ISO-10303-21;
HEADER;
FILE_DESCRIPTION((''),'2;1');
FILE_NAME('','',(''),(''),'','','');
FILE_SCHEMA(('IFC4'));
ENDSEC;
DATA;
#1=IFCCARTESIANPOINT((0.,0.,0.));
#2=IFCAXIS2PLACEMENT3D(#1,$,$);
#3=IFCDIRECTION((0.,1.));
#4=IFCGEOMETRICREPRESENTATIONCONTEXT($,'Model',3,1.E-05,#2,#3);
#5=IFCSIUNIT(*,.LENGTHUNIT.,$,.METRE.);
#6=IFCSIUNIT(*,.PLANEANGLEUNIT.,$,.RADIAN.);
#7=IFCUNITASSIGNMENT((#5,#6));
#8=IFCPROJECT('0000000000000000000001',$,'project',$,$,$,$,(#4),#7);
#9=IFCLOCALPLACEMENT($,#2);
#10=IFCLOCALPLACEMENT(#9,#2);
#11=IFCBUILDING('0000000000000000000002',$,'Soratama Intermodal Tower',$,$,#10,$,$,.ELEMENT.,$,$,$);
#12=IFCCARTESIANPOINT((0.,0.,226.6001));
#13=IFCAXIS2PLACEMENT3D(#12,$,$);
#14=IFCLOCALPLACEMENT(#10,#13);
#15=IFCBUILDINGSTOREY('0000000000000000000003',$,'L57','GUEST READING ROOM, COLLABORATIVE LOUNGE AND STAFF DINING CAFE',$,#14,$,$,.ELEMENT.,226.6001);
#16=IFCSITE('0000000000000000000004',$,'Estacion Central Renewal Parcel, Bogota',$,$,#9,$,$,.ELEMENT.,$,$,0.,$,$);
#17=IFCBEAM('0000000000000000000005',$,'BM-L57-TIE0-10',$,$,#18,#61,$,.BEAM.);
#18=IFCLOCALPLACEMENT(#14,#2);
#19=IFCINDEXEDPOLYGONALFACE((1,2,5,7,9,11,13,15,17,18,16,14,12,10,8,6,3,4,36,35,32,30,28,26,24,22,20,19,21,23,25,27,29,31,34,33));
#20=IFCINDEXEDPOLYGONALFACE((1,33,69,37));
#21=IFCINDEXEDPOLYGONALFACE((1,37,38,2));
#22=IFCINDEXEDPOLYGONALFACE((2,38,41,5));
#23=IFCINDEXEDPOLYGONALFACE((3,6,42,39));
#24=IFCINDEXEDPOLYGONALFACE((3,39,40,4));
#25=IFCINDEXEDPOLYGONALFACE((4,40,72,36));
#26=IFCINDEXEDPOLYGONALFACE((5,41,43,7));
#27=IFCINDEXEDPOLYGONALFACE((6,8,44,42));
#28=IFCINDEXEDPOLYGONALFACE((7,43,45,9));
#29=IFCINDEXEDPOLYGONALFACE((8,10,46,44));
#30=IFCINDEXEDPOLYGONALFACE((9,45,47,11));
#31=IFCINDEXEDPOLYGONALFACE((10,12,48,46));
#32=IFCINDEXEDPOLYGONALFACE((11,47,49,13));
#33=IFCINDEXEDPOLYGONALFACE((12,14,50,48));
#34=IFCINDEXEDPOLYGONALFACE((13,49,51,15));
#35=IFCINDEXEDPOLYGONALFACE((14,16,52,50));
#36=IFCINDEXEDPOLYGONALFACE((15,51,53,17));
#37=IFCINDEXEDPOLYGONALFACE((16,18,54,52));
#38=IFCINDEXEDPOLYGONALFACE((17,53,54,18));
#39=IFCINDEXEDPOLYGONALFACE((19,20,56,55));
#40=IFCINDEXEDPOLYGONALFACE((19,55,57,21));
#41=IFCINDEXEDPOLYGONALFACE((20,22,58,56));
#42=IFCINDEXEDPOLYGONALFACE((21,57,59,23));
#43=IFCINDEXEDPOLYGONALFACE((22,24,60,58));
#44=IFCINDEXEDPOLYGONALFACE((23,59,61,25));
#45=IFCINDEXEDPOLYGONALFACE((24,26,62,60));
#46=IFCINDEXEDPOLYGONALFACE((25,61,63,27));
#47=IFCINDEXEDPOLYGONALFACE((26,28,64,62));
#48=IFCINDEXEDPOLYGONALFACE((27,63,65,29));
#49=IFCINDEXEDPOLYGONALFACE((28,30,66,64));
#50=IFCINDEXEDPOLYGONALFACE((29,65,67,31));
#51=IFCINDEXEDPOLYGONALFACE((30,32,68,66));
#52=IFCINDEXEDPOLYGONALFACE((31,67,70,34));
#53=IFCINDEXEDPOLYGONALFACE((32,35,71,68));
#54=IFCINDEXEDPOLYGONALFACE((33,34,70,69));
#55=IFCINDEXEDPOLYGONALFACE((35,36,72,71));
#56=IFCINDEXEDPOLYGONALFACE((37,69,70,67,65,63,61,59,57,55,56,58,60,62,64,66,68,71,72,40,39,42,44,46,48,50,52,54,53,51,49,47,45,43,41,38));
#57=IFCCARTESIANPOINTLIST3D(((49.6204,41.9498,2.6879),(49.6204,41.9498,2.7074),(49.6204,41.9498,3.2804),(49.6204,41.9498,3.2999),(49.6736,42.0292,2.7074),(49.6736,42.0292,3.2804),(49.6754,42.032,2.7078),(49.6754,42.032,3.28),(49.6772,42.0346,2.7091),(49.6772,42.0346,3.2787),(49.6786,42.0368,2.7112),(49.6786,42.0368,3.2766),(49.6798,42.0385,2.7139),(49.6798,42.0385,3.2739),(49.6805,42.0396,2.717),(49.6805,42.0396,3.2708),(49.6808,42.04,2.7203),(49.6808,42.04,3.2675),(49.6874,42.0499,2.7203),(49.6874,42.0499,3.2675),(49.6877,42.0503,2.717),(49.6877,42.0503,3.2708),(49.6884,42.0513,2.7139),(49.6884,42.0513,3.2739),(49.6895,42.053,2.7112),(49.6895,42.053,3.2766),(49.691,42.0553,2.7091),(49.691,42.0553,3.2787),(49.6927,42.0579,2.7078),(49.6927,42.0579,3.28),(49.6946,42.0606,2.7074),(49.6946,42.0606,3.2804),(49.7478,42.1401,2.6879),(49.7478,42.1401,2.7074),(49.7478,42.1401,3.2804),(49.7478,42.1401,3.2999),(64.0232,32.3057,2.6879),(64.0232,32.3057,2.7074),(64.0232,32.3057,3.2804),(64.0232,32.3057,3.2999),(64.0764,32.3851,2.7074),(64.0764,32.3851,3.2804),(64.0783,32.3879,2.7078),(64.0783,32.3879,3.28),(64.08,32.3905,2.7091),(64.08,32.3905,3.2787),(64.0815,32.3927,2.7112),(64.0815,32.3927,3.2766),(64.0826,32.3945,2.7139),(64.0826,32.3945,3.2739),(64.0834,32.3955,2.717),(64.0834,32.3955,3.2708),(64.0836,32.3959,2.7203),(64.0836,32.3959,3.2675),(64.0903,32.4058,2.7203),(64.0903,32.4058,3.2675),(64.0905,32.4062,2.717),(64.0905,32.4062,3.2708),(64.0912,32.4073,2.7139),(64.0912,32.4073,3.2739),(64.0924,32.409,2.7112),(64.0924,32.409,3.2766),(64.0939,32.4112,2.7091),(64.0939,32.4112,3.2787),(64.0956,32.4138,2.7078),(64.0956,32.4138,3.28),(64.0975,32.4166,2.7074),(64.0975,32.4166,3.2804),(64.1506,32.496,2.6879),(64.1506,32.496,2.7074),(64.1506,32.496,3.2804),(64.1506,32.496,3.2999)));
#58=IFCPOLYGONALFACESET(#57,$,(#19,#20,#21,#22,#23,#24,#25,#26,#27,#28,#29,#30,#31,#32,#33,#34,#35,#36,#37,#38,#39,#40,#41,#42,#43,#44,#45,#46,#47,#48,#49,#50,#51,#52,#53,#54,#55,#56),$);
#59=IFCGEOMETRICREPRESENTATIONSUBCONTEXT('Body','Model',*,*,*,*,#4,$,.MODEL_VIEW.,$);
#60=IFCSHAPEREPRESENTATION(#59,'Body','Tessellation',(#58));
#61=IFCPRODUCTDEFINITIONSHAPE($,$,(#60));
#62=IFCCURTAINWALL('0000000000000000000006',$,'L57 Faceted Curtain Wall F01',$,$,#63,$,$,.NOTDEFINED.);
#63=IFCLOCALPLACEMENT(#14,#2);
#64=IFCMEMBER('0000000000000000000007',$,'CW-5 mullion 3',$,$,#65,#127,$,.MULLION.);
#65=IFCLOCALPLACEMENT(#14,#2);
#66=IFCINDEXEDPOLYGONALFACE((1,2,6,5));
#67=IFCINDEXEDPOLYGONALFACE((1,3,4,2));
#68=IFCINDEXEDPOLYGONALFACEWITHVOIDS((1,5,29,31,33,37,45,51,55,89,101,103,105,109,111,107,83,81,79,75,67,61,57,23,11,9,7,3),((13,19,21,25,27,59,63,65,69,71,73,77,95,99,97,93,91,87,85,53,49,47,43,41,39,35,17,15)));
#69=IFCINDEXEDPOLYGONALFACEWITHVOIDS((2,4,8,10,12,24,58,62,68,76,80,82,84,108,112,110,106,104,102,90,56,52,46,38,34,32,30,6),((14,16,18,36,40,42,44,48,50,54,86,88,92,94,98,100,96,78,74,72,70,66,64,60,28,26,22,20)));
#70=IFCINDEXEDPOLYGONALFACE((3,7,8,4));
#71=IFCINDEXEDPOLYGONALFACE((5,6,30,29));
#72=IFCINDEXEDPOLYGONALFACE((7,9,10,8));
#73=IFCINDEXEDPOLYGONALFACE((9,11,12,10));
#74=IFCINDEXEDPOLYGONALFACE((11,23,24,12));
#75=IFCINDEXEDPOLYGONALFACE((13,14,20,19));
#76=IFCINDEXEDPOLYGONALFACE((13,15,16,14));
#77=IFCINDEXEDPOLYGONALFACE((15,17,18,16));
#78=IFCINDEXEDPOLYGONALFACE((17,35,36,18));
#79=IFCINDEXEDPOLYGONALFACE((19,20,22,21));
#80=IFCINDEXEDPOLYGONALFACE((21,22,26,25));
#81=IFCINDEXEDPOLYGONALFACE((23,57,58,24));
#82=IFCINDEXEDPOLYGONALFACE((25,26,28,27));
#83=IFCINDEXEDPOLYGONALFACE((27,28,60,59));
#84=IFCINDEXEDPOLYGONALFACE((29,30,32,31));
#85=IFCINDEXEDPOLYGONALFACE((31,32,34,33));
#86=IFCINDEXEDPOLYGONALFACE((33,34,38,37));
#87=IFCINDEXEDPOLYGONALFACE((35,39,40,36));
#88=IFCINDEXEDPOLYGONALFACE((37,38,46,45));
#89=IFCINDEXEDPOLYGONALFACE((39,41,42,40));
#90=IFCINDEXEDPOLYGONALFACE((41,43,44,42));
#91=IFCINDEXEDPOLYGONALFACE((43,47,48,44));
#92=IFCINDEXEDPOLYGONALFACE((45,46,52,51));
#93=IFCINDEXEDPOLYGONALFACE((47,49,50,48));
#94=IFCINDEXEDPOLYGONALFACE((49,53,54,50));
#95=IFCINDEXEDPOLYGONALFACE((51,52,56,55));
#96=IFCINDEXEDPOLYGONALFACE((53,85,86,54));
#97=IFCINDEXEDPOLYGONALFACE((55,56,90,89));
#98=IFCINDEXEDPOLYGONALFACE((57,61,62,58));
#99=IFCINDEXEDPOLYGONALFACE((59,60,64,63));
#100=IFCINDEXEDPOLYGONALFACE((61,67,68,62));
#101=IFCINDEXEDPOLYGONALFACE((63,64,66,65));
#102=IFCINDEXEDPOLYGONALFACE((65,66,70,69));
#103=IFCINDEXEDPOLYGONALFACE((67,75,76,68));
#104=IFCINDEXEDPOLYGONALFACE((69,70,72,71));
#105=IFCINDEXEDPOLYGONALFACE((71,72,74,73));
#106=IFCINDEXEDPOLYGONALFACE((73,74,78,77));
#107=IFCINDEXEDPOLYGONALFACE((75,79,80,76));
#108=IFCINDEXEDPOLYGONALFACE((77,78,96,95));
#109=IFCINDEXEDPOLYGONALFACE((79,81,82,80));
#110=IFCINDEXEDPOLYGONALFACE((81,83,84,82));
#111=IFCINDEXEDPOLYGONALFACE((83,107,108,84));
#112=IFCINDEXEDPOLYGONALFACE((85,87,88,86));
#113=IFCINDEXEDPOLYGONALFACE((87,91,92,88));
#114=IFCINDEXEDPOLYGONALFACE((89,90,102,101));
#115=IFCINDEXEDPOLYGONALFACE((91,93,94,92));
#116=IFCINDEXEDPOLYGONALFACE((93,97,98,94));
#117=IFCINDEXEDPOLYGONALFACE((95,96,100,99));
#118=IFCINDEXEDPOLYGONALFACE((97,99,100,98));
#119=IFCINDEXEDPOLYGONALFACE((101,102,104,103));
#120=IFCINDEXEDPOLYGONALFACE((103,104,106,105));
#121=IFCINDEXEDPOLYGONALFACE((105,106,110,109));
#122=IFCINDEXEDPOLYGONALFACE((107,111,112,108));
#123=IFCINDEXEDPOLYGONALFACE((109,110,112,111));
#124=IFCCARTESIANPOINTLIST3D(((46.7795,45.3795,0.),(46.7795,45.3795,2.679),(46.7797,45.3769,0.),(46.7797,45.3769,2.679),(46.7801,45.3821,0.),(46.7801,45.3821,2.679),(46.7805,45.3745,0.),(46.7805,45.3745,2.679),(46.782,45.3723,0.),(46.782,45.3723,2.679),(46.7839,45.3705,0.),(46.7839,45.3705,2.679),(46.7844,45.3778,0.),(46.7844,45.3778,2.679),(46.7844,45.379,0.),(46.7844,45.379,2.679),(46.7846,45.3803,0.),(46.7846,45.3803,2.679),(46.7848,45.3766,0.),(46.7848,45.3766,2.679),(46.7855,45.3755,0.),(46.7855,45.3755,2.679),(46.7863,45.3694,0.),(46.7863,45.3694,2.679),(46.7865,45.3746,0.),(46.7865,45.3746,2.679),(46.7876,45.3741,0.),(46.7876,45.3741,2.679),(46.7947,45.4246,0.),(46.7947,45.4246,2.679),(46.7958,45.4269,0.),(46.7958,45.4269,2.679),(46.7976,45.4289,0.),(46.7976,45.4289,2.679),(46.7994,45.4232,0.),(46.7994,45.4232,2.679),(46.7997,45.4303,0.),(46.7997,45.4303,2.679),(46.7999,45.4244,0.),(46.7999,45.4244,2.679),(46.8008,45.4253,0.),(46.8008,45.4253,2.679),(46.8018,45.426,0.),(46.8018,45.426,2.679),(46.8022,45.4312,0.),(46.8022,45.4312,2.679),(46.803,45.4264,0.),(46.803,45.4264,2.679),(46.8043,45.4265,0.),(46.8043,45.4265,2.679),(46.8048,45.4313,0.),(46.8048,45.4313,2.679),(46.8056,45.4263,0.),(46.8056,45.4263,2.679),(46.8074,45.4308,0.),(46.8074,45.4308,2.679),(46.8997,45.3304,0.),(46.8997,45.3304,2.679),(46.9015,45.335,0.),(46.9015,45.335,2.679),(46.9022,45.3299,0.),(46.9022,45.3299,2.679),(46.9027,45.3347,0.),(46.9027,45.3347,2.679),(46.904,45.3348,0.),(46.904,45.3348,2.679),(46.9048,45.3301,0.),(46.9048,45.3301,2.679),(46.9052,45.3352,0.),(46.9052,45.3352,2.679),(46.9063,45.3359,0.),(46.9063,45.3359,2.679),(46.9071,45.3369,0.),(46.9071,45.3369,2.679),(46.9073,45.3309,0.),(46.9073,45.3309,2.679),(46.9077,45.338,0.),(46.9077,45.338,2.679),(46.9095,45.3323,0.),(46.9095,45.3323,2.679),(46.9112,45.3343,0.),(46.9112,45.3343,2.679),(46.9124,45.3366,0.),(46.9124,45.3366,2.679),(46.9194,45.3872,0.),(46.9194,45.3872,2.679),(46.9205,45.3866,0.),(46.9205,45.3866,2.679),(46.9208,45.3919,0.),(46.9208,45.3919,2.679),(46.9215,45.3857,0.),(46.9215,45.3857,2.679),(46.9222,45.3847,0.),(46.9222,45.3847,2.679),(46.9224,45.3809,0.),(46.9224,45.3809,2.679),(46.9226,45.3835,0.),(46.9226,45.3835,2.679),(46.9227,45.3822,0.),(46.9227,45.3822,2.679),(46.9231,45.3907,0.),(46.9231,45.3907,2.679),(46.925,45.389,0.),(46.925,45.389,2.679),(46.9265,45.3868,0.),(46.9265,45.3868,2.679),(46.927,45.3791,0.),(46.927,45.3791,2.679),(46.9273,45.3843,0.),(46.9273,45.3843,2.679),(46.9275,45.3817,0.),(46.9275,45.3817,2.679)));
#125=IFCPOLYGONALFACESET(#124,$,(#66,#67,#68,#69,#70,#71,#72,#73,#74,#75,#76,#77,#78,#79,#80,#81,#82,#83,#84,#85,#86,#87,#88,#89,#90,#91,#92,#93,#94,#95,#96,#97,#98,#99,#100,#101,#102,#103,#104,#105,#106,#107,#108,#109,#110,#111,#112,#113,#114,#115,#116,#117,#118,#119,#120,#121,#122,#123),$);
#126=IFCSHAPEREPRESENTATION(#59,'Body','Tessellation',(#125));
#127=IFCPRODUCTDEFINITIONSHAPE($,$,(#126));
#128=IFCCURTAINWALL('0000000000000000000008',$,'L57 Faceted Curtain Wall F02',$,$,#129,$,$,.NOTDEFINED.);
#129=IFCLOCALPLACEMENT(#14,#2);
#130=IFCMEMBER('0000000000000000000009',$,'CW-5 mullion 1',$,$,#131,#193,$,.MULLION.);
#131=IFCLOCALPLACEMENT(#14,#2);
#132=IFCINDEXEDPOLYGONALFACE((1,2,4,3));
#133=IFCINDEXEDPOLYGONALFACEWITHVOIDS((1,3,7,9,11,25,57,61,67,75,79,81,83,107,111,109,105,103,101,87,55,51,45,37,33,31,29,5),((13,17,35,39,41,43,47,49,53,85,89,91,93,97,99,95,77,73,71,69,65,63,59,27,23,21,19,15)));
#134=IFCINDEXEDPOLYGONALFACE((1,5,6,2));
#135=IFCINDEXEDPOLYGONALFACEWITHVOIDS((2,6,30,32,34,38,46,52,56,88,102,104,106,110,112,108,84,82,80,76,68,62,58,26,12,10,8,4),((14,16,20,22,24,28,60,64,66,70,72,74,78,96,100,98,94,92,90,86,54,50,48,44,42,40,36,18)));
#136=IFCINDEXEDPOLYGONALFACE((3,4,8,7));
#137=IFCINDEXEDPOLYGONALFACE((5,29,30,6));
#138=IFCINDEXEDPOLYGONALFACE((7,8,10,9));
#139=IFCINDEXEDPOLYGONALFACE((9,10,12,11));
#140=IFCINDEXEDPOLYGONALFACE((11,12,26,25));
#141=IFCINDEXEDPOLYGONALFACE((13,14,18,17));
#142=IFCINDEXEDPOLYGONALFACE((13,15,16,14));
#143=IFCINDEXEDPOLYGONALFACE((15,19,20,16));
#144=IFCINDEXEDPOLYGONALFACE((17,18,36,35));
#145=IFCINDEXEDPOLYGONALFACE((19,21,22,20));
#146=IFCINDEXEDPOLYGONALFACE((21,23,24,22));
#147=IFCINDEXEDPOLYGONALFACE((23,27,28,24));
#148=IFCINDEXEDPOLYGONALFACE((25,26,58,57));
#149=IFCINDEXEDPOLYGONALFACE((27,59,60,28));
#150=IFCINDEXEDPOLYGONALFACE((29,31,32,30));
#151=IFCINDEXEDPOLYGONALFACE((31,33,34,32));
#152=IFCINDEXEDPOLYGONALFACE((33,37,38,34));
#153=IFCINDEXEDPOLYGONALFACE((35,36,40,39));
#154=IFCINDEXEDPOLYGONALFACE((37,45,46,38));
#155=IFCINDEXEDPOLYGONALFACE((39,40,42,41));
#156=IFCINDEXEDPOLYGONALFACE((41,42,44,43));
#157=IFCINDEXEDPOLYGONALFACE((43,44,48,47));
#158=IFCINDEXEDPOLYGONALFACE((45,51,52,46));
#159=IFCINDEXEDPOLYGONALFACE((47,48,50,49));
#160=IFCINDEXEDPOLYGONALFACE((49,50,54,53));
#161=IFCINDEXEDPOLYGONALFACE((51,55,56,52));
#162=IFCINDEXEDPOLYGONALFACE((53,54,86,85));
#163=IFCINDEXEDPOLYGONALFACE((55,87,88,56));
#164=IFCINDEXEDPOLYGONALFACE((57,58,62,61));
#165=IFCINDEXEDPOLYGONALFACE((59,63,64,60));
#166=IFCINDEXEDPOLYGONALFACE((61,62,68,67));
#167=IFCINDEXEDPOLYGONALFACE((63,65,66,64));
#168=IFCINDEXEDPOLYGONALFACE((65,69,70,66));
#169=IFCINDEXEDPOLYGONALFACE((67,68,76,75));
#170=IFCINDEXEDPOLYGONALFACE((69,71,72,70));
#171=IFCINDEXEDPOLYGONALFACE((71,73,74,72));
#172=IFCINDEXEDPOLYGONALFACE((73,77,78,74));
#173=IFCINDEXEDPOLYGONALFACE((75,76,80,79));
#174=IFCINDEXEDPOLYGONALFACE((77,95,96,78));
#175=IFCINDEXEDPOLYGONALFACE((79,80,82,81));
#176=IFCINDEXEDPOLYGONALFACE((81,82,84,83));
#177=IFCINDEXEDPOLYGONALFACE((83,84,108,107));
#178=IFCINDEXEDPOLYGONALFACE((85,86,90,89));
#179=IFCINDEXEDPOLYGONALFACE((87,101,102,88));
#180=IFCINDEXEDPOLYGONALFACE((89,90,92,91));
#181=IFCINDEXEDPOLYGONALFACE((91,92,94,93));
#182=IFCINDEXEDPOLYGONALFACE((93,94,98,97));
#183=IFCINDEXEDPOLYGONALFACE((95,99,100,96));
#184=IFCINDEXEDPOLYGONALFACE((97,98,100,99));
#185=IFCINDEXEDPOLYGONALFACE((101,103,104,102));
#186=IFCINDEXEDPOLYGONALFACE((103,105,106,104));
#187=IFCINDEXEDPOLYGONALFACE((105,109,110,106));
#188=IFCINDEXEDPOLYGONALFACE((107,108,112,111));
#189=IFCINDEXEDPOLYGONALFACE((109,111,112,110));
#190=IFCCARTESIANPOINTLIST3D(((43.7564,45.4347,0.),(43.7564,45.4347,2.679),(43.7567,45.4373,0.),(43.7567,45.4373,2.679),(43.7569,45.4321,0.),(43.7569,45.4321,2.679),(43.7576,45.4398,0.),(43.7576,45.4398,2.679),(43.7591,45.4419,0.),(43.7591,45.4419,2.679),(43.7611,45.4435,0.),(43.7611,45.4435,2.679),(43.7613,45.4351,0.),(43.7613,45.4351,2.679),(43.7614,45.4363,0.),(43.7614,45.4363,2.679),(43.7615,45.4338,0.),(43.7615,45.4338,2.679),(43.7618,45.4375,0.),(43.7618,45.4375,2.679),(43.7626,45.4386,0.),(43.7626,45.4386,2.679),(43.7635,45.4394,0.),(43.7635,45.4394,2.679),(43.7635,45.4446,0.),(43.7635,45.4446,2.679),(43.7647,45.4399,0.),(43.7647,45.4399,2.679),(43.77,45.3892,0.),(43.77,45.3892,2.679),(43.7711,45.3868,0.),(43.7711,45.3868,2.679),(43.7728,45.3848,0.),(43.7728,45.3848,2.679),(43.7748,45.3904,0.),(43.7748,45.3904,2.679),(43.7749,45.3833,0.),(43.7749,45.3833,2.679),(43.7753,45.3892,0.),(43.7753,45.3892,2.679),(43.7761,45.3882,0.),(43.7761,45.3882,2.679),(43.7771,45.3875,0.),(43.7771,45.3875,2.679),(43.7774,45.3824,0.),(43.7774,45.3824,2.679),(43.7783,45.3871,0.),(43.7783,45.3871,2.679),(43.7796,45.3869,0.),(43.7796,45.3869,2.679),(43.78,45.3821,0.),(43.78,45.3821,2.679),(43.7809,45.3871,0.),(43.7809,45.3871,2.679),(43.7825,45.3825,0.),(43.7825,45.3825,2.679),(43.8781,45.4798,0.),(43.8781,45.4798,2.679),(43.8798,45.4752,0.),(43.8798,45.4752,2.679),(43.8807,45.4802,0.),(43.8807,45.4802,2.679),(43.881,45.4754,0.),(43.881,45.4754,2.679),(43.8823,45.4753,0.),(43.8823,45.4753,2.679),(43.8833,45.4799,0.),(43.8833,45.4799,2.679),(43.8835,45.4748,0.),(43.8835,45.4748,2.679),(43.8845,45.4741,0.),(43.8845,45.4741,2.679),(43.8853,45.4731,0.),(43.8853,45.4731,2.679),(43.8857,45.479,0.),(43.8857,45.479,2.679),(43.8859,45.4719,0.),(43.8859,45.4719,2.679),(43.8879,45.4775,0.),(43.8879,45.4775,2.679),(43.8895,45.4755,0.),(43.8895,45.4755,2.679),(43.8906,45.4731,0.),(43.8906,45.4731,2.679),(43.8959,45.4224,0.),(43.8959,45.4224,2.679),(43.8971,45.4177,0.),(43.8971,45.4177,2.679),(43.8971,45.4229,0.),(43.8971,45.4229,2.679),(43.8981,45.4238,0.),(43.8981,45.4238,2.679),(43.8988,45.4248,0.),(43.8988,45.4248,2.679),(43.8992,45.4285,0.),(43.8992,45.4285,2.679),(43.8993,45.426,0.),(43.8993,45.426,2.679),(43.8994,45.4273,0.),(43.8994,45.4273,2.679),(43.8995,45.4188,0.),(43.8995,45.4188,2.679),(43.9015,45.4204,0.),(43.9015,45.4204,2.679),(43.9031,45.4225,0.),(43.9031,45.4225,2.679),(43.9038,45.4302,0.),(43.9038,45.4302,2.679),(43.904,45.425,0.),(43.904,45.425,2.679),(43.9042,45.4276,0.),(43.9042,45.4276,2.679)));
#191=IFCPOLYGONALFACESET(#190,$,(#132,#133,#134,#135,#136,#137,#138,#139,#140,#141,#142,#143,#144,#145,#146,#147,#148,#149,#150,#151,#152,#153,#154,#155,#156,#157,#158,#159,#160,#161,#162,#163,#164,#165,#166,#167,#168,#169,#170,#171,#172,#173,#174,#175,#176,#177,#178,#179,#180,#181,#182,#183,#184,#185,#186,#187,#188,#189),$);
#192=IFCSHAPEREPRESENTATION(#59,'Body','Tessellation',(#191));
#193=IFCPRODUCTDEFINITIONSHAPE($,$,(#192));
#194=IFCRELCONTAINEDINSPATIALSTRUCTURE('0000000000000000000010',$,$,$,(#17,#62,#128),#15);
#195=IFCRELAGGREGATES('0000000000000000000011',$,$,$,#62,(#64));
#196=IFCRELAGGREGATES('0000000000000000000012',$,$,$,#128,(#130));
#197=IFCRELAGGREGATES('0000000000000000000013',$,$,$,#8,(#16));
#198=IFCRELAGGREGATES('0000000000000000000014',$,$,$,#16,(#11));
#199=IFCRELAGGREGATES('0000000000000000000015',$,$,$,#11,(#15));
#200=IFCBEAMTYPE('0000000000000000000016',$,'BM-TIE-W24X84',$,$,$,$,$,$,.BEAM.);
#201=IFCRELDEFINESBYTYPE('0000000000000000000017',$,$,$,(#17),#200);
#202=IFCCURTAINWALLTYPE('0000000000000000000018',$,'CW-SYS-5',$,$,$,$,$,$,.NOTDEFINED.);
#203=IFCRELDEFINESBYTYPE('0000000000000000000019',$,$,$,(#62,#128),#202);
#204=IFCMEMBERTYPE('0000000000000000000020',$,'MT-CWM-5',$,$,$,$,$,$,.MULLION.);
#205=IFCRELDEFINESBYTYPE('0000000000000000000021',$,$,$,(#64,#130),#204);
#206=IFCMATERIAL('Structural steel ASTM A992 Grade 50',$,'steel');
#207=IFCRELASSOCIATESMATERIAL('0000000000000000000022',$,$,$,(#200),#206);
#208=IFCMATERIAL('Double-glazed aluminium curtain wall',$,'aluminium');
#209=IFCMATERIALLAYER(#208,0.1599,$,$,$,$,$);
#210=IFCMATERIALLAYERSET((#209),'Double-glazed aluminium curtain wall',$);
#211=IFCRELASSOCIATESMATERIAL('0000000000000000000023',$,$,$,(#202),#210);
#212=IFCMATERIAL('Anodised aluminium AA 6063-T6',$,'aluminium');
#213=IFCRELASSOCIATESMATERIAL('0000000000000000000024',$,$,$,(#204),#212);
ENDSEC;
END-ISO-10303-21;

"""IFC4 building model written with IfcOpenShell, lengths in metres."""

from ifc_helpers import new_model, si_unit, direction, frame, origin, origin_2d, place, context, subcontext, project, spatial, hollow_rectangle, i_section, extrude, material, layer, layer_set, material_profile, profile_set, type_object, element, aggregate, save


model = new_model("IFC4")

# Units and contexts
model_context = context("Model", 3, precision=1e-05, world=origin(), true_north=direction((0.0, 1.0)))
body_context = subcontext(model_context, "Body", "Model", "MODEL_VIEW")
ifc_project = project(units=[si_unit("LENGTHUNIT", "METRE"), si_unit("PLANEANGLEUNIT", "RADIAN")], contexts=[model_context])

# Site, building, storey
site_placement = place(None, origin())
site = spatial("IfcSite", under=ifc_project, at=site_placement, Name="Estacion Central Renewal Parcel, Bogota", CompositionType="ELEMENT", RefElevation=0.0)
building_placement = place(site_placement, origin())
building = spatial("IfcBuilding", under=site, at=building_placement, Name="Soratama Intermodal Tower", CompositionType="ELEMENT")
storey_placement = place(building_placement, frame((0.0, 0.0, 226.6001)))
storey = spatial("IfcBuildingStorey", under=building, at=storey_placement, Name="L57", Description="GUEST READING ROOM, COLLABORATIVE LOUNGE AND STAFF DINING CAFE", CompositionType="ELEMENT", Elevation=226.6001)

# Beam
ifc_material_1 = material(Name="Structural steel ASTM A992 Grade 50", Category="steel")
ifc_material_profile_1 = material_profile(ifc_material_1, i_section(OverallWidth=0.229, OverallDepth=0.6121, WebThickness=0.012, FlangeThickness=0.0195, FilletRadius=0.0129, at=origin_2d()), Name="W24X84")
ifc_profile_set_1 = profile_set([ifc_material_profile_1], Name="Structural steel ASTM A992 Grade 50")
beam_type_1 = type_object("IfcBeamType", Name="BM-TIE-W24X84", PredefinedType="BEAM", material=ifc_profile_set_1)
beam_1_placement = place(storey_placement, frame((49.6841, 42.0449, 2.9939), z_axis=(0.830926, -0.556383, 0.0), x_axis=(0.556383, 0.830926, 0.0)))
element("IfcBeam", 1, at=beam_1_placement, inside=storey, type_object=beam_type_1, Name="BM-L57-TIE0-10", PredefinedType="BEAM", context=body_context, shape_type="SweptSolid", body=[
    extrude(i_section(OverallWidth=0.229, OverallDepth=0.6121, WebThickness=0.012, FlangeThickness=0.0195, FilletRadius=0.0129, at=origin_2d()), origin(), (0.0, 0.0, 1.0), 17.3335),
])

# Curtain wall, member
ifc_material_2 = material(Name="Double-glazed aluminium curtain wall", Category="aluminium")
ifc_layer_1 = layer(ifc_material_2, 0.1599)
ifc_layer_set_1 = layer_set([ifc_layer_1], Name="Double-glazed aluminium curtain wall")
curtain_wall_type = type_object("IfcCurtainWallType", Name="CW-SYS-5", PredefinedType="NOTDEFINED", material=ifc_layer_set_1)
curtain_wall_1_placement = place(storey_placement, origin())
curtain_wall_1 = element("IfcCurtainWall", 2, at=curtain_wall_1_placement, inside=storey, type_object=curtain_wall_type, Name="L57 Faceted Curtain Wall F01", PredefinedType="NOTDEFINED")
ifc_material_3 = material(Name="Anodised aluminium AA 6063-T6", Category="aluminium")
ifc_material_profile_2 = material_profile(ifc_material_3, hollow_rectangle(XDim=0.0649, YDim=0.1399, WallThickness=0.0049, InnerFilletRadius=0.0049, OuterFilletRadius=0.01, at=origin_2d()), Name="CWM140X65X5")
ifc_profile_set_2 = profile_set([ifc_material_profile_2], Name="Anodised aluminium AA 6063-T6")
member_type_1 = type_object("IfcMemberType", Name="MT-CWM-5", PredefinedType="MULLION", material=ifc_profile_set_2)
member_1_placement = place(storey_placement, frame((46.8535, 45.3806, 0.0), z_axis=(0.0, 0.0, 1.0), x_axis=(-0.324904, -0.945747, 0.0)))
member_1 = element("IfcMember", 3, at=member_1_placement, type_object=member_type_1, Name="CW-5 mullion 3", PredefinedType="MULLION", context=body_context, shape_type="SweptSolid", body=[
    extrude(hollow_rectangle(XDim=0.0649, YDim=0.1399, WallThickness=0.0049, InnerFilletRadius=0.0049, OuterFilletRadius=0.01, at=origin_2d()), origin(), (0.0, 0.0, 1.0), 2.679),
])

# Curtain wall, member
curtain_wall_2_placement = place(storey_placement, origin())
curtain_wall_2 = element("IfcCurtainWall", 4, at=curtain_wall_2_placement, inside=storey, type_object=curtain_wall_type, Name="L57 Faceted Curtain Wall F02", PredefinedType="NOTDEFINED")
member_2_placement = place(storey_placement, frame((43.8303, 45.4312, 0.0), z_axis=(0.0, 0.0, 1.0), x_axis=(0.293041, -0.9561, 0.0)))
member_2 = element("IfcMember", 5, at=member_2_placement, type_object=member_type_1, Name="CW-5 mullion 1", PredefinedType="MULLION", context=body_context, shape_type="SweptSolid", body=[
    extrude(hollow_rectangle(XDim=0.0649, YDim=0.1399, WallThickness=0.0049, InnerFilletRadius=0.0049, OuterFilletRadius=0.01, at=origin_2d()), origin(), (0.0, 0.0, 1.0), 2.679),
])

aggregate(curtain_wall_1, [member_1])
aggregate(curtain_wall_2, [member_2])

save(model, "model.ifc")
